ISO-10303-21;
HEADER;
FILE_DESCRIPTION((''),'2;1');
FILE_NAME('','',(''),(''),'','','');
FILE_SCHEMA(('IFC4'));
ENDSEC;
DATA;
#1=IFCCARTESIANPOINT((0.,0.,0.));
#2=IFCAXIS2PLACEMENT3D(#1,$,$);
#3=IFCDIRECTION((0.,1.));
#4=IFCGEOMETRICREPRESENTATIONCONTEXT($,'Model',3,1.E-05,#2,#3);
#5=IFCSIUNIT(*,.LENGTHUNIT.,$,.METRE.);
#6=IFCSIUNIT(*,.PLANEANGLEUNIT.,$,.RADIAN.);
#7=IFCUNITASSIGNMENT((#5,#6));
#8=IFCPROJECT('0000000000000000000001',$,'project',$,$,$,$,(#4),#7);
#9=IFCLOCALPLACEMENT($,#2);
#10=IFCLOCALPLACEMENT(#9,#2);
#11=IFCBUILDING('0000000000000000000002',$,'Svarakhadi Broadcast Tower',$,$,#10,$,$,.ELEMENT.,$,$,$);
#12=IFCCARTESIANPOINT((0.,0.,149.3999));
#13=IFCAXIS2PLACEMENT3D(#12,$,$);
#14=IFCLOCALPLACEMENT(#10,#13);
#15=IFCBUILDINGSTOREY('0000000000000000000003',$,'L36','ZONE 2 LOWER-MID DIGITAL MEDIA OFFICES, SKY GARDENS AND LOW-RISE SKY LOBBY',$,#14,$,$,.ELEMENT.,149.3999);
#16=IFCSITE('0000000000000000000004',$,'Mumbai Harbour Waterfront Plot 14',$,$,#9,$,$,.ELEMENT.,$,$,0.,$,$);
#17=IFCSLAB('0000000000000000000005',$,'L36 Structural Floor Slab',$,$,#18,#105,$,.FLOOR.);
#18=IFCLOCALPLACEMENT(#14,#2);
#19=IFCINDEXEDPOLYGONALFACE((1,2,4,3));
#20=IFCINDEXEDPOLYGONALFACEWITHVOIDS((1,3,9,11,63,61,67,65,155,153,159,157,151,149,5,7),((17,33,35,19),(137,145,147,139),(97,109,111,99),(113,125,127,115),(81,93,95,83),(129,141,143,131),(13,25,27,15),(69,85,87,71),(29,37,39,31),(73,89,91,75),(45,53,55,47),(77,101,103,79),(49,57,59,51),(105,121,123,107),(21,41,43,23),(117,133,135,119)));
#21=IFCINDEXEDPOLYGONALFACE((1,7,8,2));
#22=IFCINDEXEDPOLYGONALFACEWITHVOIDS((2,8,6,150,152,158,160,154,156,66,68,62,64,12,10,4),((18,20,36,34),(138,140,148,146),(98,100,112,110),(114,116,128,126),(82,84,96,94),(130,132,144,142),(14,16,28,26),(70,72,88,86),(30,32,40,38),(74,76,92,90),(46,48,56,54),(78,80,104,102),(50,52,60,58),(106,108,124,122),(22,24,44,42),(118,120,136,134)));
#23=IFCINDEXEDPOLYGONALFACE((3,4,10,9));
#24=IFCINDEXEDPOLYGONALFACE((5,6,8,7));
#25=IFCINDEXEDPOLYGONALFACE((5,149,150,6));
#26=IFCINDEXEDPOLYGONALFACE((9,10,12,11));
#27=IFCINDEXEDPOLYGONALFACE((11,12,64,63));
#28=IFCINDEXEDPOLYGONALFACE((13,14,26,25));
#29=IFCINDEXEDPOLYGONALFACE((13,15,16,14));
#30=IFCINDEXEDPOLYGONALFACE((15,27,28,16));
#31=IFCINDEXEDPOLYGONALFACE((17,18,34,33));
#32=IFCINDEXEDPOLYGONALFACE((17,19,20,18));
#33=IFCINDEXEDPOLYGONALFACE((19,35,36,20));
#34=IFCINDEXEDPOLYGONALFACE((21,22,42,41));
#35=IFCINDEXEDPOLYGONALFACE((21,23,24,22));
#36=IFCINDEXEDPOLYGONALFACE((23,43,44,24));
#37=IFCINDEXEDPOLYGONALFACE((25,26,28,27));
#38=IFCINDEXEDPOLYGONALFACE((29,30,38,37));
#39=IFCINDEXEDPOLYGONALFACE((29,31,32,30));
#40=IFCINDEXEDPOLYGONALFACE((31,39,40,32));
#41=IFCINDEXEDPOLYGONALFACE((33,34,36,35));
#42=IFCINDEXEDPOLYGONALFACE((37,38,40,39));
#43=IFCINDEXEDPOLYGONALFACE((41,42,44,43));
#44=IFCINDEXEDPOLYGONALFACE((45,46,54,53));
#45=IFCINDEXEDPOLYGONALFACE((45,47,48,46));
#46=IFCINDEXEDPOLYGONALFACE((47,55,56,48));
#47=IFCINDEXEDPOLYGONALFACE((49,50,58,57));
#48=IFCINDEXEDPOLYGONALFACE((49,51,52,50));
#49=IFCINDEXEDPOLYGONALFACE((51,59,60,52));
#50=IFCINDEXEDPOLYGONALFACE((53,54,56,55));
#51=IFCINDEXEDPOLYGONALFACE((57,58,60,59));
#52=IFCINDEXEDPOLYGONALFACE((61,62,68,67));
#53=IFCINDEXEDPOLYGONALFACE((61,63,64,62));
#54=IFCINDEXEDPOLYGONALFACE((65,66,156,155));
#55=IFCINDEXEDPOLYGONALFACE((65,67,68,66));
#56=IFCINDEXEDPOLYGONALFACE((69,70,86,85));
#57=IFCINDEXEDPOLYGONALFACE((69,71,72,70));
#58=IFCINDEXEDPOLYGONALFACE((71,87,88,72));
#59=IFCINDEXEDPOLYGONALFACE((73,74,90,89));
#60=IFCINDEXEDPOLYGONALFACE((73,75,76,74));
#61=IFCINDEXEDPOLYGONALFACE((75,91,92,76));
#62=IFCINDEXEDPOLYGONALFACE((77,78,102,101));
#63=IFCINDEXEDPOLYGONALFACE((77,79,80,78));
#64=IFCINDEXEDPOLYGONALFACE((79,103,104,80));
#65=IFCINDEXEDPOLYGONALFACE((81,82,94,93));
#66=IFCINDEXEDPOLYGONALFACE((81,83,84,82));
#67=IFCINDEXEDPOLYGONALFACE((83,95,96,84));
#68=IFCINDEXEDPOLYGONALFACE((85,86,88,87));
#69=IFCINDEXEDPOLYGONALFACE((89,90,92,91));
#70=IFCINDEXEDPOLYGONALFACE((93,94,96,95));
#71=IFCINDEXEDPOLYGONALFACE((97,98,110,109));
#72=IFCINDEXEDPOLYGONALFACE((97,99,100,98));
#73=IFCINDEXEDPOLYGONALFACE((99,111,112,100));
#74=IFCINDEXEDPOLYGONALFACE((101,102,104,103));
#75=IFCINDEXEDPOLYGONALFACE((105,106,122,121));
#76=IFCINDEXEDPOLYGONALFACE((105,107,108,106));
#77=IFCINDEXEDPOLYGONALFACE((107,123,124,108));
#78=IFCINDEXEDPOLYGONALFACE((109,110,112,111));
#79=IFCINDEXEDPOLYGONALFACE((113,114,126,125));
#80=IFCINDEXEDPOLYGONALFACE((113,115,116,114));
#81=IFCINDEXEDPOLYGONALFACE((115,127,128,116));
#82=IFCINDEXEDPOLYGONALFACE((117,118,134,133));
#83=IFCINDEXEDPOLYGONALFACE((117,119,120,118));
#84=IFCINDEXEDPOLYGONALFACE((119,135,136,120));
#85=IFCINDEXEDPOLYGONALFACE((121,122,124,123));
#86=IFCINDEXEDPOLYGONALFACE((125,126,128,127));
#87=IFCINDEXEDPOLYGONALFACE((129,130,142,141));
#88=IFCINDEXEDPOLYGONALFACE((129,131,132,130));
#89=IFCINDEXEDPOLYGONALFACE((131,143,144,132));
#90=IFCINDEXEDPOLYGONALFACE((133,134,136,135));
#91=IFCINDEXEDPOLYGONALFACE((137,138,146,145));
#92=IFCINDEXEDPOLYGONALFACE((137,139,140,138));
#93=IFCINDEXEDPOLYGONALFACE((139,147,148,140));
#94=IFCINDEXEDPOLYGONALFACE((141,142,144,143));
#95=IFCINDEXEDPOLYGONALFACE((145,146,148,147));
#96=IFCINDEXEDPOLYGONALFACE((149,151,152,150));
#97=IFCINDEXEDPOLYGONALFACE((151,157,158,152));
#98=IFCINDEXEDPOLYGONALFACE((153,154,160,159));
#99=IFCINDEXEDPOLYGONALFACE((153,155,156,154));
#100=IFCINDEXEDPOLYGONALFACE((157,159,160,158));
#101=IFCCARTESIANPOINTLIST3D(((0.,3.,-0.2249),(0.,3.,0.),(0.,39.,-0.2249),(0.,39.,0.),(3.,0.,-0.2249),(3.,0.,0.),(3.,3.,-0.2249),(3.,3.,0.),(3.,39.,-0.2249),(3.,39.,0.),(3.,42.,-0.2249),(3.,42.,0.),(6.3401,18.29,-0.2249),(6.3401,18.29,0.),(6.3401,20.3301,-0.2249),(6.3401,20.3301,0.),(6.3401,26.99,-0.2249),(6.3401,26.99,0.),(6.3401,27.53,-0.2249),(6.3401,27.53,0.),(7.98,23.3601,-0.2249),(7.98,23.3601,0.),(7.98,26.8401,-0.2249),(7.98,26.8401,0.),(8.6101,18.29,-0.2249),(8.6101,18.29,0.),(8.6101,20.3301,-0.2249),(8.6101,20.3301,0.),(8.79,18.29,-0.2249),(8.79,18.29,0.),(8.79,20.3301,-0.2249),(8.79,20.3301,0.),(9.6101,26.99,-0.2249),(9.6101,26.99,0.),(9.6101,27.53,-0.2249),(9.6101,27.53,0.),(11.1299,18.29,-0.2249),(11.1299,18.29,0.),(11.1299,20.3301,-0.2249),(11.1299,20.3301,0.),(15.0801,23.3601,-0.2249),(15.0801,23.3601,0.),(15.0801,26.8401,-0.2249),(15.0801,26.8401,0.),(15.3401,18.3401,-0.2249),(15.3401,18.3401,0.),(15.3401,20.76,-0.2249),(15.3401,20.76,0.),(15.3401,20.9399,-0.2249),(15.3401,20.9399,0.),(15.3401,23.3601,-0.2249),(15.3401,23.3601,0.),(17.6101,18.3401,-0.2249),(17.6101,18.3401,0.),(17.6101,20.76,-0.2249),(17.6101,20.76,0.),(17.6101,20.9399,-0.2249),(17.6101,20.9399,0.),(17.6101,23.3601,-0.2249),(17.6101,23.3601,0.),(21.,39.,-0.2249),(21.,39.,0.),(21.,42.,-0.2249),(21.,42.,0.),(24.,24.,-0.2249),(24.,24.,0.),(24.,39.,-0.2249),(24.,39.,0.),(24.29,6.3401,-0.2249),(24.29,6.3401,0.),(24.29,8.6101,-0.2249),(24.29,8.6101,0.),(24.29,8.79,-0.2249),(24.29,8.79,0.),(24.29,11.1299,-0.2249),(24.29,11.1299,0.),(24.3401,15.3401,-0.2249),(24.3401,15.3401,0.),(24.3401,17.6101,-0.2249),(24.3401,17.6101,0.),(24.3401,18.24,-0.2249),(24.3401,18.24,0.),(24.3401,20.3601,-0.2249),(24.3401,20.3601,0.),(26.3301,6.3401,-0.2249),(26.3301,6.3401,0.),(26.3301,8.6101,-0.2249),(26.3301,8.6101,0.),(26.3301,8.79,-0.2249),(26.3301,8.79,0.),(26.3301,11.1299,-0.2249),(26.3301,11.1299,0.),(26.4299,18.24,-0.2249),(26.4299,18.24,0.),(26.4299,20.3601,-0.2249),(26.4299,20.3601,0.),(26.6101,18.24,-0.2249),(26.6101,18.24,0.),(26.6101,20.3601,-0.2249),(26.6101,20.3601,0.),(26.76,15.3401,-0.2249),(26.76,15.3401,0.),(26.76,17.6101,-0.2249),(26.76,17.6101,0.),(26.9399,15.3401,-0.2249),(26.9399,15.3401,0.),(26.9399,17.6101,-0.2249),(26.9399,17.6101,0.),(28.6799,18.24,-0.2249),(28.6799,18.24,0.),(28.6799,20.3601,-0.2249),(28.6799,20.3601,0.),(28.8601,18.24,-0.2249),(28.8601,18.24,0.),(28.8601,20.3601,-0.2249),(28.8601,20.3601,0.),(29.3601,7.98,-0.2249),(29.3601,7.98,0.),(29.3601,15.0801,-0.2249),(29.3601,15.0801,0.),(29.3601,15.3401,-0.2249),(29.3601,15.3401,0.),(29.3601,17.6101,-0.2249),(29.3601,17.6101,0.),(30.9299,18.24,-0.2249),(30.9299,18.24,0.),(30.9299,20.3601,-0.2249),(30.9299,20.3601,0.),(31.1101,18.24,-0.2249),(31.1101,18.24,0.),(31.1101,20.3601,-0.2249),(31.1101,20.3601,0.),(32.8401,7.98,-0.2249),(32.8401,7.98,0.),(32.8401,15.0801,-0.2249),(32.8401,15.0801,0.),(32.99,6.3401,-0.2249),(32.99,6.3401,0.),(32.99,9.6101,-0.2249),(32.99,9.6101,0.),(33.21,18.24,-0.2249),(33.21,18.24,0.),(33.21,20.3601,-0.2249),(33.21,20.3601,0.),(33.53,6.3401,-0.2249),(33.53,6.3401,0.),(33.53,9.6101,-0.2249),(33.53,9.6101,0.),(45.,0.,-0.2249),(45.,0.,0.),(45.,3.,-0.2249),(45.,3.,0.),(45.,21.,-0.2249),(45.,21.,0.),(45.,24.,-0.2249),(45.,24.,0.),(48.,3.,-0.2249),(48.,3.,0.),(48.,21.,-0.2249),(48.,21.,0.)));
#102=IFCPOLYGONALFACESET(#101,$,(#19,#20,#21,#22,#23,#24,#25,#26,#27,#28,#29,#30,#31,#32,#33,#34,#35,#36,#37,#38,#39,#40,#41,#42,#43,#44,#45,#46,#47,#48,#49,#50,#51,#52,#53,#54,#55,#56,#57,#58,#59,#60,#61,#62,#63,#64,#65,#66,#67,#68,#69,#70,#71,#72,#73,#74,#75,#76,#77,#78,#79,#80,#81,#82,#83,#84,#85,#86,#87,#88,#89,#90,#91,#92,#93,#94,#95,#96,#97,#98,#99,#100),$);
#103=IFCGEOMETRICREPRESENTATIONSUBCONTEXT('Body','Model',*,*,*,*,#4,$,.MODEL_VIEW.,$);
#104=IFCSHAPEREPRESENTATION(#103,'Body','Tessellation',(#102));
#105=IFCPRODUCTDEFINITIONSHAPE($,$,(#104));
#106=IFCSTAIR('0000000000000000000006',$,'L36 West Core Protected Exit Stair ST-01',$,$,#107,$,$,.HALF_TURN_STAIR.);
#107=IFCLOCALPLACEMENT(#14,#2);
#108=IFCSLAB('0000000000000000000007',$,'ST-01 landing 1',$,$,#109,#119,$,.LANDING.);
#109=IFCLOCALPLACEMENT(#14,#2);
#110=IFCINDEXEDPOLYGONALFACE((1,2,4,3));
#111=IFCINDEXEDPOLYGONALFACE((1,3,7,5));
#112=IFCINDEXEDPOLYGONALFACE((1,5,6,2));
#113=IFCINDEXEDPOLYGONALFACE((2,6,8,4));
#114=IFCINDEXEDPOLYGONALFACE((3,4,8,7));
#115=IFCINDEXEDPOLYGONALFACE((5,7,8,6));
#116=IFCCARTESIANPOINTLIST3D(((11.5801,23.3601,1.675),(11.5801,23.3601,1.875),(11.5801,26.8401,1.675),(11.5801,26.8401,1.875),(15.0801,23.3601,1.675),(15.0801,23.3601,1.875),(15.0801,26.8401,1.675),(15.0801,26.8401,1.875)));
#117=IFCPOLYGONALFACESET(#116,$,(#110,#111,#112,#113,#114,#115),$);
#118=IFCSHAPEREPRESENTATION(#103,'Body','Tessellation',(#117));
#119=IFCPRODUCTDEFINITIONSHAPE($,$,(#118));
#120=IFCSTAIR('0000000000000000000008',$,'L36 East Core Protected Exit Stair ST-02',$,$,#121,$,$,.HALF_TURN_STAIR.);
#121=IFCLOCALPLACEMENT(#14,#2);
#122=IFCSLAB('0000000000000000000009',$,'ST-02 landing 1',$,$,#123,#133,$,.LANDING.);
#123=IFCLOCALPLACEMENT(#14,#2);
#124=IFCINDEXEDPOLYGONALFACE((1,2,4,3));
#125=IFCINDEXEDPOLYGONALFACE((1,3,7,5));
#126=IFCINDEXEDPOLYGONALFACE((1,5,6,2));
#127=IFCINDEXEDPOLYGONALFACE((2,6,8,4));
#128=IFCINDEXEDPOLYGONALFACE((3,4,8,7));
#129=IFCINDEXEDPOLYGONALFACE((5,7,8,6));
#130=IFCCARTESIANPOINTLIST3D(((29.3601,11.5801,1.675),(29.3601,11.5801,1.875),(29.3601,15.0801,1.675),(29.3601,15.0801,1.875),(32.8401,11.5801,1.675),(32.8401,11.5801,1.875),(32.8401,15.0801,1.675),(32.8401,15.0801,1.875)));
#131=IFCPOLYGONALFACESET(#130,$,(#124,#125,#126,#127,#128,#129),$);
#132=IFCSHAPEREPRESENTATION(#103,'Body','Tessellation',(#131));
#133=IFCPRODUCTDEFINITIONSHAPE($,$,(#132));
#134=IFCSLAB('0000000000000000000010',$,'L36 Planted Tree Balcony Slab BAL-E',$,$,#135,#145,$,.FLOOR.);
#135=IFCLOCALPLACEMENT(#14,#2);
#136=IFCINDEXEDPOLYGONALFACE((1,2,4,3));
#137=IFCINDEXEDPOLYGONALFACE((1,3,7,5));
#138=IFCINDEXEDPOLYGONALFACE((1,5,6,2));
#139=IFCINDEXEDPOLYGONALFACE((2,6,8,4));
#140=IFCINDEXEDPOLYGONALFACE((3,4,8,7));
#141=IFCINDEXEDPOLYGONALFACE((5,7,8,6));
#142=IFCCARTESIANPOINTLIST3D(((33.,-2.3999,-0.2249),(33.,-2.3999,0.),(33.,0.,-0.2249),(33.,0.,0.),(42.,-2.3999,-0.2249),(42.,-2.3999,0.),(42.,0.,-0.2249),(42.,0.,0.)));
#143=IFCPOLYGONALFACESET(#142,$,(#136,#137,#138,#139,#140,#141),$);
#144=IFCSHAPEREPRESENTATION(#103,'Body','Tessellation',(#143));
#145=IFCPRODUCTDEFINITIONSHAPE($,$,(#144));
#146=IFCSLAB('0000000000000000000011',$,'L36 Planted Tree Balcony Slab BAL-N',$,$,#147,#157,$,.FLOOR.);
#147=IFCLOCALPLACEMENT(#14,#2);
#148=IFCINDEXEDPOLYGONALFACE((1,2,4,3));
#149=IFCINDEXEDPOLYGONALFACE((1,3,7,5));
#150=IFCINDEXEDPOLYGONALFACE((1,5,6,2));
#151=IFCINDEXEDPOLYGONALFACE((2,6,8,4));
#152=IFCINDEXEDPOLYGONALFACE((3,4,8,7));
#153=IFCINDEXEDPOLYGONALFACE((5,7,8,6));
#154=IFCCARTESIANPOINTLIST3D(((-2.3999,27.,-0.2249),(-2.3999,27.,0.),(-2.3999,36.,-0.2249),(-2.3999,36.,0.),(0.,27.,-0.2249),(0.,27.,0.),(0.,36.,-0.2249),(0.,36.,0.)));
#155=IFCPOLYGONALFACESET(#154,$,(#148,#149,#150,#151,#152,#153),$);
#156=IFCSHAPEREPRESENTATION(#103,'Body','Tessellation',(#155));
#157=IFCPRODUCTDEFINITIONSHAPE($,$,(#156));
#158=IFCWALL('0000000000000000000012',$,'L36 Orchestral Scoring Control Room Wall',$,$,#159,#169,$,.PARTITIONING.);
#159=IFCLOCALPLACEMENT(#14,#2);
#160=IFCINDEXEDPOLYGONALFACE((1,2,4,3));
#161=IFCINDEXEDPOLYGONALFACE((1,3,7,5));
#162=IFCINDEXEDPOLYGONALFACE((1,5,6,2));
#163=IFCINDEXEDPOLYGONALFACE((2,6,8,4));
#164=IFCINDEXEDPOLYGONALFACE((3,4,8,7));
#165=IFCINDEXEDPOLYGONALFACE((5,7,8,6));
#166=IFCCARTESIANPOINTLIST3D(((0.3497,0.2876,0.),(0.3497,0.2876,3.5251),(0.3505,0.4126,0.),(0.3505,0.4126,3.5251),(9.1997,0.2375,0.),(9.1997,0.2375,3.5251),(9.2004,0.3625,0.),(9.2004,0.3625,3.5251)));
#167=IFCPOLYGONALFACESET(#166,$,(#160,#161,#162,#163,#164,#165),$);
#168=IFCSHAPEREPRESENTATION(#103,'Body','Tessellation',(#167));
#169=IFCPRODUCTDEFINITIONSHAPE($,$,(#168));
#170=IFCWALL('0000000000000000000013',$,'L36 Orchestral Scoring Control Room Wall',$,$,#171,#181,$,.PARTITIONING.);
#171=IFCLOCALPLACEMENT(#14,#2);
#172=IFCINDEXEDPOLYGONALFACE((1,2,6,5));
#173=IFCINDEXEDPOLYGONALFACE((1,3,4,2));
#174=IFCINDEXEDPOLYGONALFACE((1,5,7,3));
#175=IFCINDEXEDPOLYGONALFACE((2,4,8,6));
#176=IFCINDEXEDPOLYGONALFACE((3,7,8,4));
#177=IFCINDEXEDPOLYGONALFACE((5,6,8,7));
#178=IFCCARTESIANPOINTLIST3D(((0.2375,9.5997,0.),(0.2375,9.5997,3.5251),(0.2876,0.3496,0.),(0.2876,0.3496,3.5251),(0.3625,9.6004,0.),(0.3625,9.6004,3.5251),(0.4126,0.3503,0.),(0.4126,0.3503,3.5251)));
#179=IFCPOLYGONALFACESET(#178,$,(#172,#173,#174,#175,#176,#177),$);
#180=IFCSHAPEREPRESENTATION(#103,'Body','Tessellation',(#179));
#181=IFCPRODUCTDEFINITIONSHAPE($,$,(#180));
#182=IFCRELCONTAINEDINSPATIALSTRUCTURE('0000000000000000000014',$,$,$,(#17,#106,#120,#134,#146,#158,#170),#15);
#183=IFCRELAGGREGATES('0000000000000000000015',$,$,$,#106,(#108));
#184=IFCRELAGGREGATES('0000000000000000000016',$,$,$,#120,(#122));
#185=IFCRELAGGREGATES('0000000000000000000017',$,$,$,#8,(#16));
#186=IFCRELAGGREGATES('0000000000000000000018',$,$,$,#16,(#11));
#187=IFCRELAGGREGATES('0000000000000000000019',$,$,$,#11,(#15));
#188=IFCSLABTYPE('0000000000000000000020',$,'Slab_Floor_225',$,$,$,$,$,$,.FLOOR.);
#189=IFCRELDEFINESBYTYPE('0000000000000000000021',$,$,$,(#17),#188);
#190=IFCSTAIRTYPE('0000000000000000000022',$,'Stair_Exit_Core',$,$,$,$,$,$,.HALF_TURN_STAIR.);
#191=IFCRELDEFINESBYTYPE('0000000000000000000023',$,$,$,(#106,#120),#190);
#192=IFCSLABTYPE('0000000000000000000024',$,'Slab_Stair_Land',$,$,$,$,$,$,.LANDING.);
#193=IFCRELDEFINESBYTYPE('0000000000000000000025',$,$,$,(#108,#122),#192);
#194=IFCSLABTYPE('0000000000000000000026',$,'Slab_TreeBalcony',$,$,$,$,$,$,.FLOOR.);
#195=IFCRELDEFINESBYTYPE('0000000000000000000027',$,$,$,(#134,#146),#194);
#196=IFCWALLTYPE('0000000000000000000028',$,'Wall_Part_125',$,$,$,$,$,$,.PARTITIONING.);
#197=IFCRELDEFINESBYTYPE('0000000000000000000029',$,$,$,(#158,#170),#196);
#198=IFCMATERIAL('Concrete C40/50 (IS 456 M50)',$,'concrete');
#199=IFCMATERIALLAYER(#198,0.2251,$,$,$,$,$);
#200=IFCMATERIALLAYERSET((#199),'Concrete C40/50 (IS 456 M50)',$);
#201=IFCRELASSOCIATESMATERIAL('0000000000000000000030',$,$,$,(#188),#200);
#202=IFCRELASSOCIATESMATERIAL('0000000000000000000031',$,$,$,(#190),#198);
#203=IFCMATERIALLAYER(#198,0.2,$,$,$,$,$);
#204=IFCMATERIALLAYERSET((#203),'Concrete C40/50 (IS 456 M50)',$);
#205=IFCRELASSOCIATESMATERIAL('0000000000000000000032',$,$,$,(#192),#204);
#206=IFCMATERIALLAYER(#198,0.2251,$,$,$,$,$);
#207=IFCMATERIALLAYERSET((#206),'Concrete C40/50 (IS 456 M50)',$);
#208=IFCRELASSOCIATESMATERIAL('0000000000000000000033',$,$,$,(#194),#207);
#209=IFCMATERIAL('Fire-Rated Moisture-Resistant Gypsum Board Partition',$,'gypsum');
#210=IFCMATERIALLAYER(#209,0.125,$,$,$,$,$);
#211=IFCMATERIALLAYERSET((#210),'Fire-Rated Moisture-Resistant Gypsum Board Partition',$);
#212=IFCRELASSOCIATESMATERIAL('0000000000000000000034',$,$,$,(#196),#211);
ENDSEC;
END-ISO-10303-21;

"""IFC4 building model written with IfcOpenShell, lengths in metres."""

from ifc_helpers import new_model, si_unit, direction, frame, frame_2d, origin, place, context, subcontext, project, spatial, polyline, rectangle, outline, extrude, material, layer, layer_set, type_object, element, aggregate, save


model = new_model("IFC4")

# Units and contexts
model_context = context("Model", 3, precision=1e-05, world=origin(), true_north=direction((0.0, 1.0)))
body_context = subcontext(model_context, "Body", "Model", "MODEL_VIEW")
ifc_project = project(units=[si_unit("LENGTHUNIT", "METRE"), si_unit("PLANEANGLEUNIT", "RADIAN")], contexts=[model_context])

# Site, building, storey
site_placement = place(None, origin())
site = spatial("IfcSite", under=ifc_project, at=site_placement, Name="Mumbai Harbour Waterfront Plot 14", CompositionType="ELEMENT", RefElevation=0.0)
building_placement = place(site_placement, origin())
building = spatial("IfcBuilding", under=site, at=building_placement, Name="Svarakhadi Broadcast Tower", CompositionType="ELEMENT")
storey_placement = place(building_placement, frame((0.0, 0.0, 149.3999)))
storey = spatial("IfcBuildingStorey", under=building, at=storey_placement, Name="L36", Description="ZONE 2 LOWER-MID DIGITAL MEDIA OFFICES, SKY GARDENS AND LOW-RISE SKY LOBBY", CompositionType="ELEMENT", Elevation=149.3999)

# Slab
ifc_material_1 = material(Name="Concrete C40/50 (IS 456 M50)", Category="concrete")
ifc_layer_1 = layer(ifc_material_1, 0.2251)
ifc_layer_set_1 = layer_set([ifc_layer_1], Name="Concrete C40/50 (IS 456 M50)")
slab_type_1 = type_object("IfcSlabType", Name="Slab_Floor_225", PredefinedType="FLOOR", material=ifc_layer_set_1)
slab_1_placement = place(storey_placement, frame((0.0, 0.0, -0.2249)))
element("IfcSlab", 1, at=slab_1_placement, inside=storey, type_object=slab_type_1, Name="L36 Structural Floor Slab", PredefinedType="FLOOR", context=body_context, shape_type="SweptSolid", body=[
    extrude(outline(polyline([(3.0, 0.0), (45.0, 0.0), (45.0, 3.0), (48.0, 3.0), (48.0, 21.0), (45.0, 21.0), (45.0, 24.0), (24.0, 24.0), (24.0, 39.0), (21.0, 39.0), (21.0, 42.0), (3.0, 42.0), (3.0, 39.0), (0.0, 39.0), (0.0, 3.0), (3.0, 3.0), (3.0, 0.0)]), holes=[polyline([(7.98, 23.3601), (15.0801, 23.3601), (15.0801, 26.8401), (7.98, 26.8401), (7.98, 23.3601)]), polyline([(32.8401, 7.98), (32.8401, 15.0801), (29.3601, 15.0801), (29.3601, 7.98), (32.8401, 7.98)]), polyline([(6.3401, 18.29), (8.6101, 18.29), (8.6101, 20.3301), (6.3401, 20.3301), (6.3401, 18.29)]), polyline([(8.79, 18.29), (11.1299, 18.29), (11.1299, 20.3301), (8.79, 20.3301), (8.79, 18.29)]), polyline([(24.29, 6.3401), (26.3301, 6.3401), (26.3301, 8.6101), (24.29, 8.6101), (24.29, 6.3401)]), polyline([(24.29, 8.79), (26.3301, 8.79), (26.3301, 11.1299), (24.29, 11.1299), (24.29, 8.79)]), polyline([(6.3401, 26.99), (9.6101, 26.99), (9.6101, 27.53), (6.3401, 27.53), (6.3401, 26.99)]), polyline([(32.99, 6.3401), (33.53, 6.3401), (33.53, 9.6101), (32.99, 9.6101), (32.99, 6.3401)]), polyline([(15.3401, 18.3401), (17.6101, 18.3401), (17.6101, 20.76), (15.3401, 20.76), (15.3401, 18.3401)]), polyline([(15.3401, 20.9399), (17.6101, 20.9399), (17.6101, 23.3601), (15.3401, 23.3601), (15.3401, 20.9399)]), polyline([(24.3401, 15.3401), (26.76, 15.3401), (26.76, 17.6101), (24.3401, 17.6101), (24.3401, 15.3401)]), polyline([(26.9399, 15.3401), (29.3601, 15.3401), (29.3601, 17.6101), (26.9399, 17.6101), (26.9399, 15.3401)]), polyline([(24.3401, 18.24), (26.4299, 18.24), (26.4299, 20.3601), (24.3401, 20.3601), (24.3401, 18.24)]), polyline([(26.6101, 18.24), (28.6799, 18.24), (28.6799, 20.3601), (26.6101, 20.3601), (26.6101, 18.24)]), polyline([(28.8601, 18.24), (30.9299, 18.24), (30.9299, 20.3601), (28.8601, 20.3601), (28.8601, 18.24)]), polyline([(31.1101, 18.24), (33.21, 18.24), (33.21, 20.3601), (31.1101, 20.3601), (31.1101, 18.24)])]), origin(), (0.0, 0.0, 1.0), 0.2249),
])

# Stairs, slabs
stair_type = type_object("IfcStairType", Name="Stair_Exit_Core", PredefinedType="HALF_TURN_STAIR", material=ifc_material_1)
stair_1_placement = place(storey_placement, origin())
stair_1 = element("IfcStair", 2, at=stair_1_placement, inside=storey, type_object=stair_type, Name="L36 West Core Protected Exit Stair ST-01", PredefinedType="HALF_TURN_STAIR")
ifc_layer_2 = layer(ifc_material_1, 0.2)
ifc_layer_set_2 = layer_set([ifc_layer_2], Name="Concrete C40/50 (IS 456 M50)")
slab_type_2 = type_object("IfcSlabType", Name="Slab_Stair_Land", PredefinedType="LANDING", material=ifc_layer_set_2)
slab_2_placement = place(storey_placement, frame((0.0, 0.0, 1.675)))
slab_2 = element("IfcSlab", 3, at=slab_2_placement, type_object=slab_type_2, Name="ST-01 landing 1", PredefinedType="LANDING", context=body_context, shape_type="SweptSolid", body=[
    extrude(outline(polyline([(11.5801, 23.3601), (15.0801, 23.3601), (15.0801, 26.8401), (11.5801, 26.8401), (11.5801, 23.3601)])), origin(), (0.0, 0.0, 1.0), 0.2),
])
aggregate(stair_1, [slab_2])
stair_2_placement = place(storey_placement, origin())
stair_2 = element("IfcStair", 4, at=stair_2_placement, inside=storey, type_object=stair_type, Name="L36 East Core Protected Exit Stair ST-02", PredefinedType="HALF_TURN_STAIR")
slab_3_placement = place(storey_placement, frame((0.0, 0.0, 1.675)))
slab_3 = element("IfcSlab", 5, at=slab_3_placement, type_object=slab_type_2, Name="ST-02 landing 1", PredefinedType="LANDING", context=body_context, shape_type="SweptSolid", body=[
    extrude(outline(polyline([(32.8401, 11.5801), (32.8401, 15.0801), (29.3601, 15.0801), (29.3601, 11.5801), (32.8401, 11.5801)])), origin(), (0.0, 0.0, 1.0), 0.2),
])
aggregate(stair_2, [slab_3])

# Slabs
ifc_layer_3 = layer(ifc_material_1, 0.2251)
ifc_layer_set_3 = layer_set([ifc_layer_3], Name="Concrete C40/50 (IS 456 M50)")
slab_type_3 = type_object("IfcSlabType", Name="Slab_TreeBalcony", PredefinedType="FLOOR", material=ifc_layer_set_3)
slab_4_placement = place(storey_placement, frame((0.0, 0.0, -0.2249)))
element("IfcSlab", 6, at=slab_4_placement, inside=storey, type_object=slab_type_3, Name="L36 Planted Tree Balcony Slab BAL-E", PredefinedType="FLOOR", context=body_context, shape_type="SweptSolid", body=[
    extrude(outline(polyline([(33.0, -2.3999), (42.0, -2.3999), (42.0, 0.0), (33.0, 0.0), (33.0, -2.3999)])), origin(), (0.0, 0.0, 1.0), 0.2249),
])
slab_5_placement = place(storey_placement, frame((0.0, 0.0, -0.2249)))
element("IfcSlab", 7, at=slab_5_placement, inside=storey, type_object=slab_type_3, Name="L36 Planted Tree Balcony Slab BAL-N", PredefinedType="FLOOR", context=body_context, shape_type="SweptSolid", body=[
    extrude(outline(polyline([(-2.3999, 27.0), (0.0, 27.0), (0.0, 36.0), (-2.3999, 36.0), (-2.3999, 27.0)])), origin(), (0.0, 0.0, 1.0), 0.2249),
])

# Walls
ifc_material_2 = material(Name="Fire-Rated Moisture-Resistant Gypsum Board Partition", Category="gypsum")
ifc_layer_4 = layer(ifc_material_2, 0.125)
ifc_layer_set_4 = layer_set([ifc_layer_4], Name="Fire-Rated Moisture-Resistant Gypsum Board Partition")
wall_type = type_object("IfcWallType", Name="Wall_Part_125", PredefinedType="PARTITIONING", material=ifc_layer_set_4)
wall_1_placement = place(storey_placement, frame((0.3501, 0.3501, 0.0), z_axis=(0.0, 0.0, 1.0), x_axis=(0.999984, -0.005655, 0.0)))
element("IfcWall", 8, at=wall_1_placement, inside=storey, type_object=wall_type, Name="L36 Orchestral Scoring Control Room Wall", PredefinedType="PARTITIONING", context=body_context, shape_type="SweptSolid", body=[
    extrude(rectangle(XDim=8.8501, YDim=0.125, at=frame_2d((4.425, 0.0))), origin(), (0.0, 0.0, 1.0), 3.5251),
])
wall_2_placement = place(storey_placement, frame((0.3501, 0.3501, 0.0), z_axis=(0.0, 0.0, 1.0), x_axis=(-0.005411, 0.999985, 0.0)))
element("IfcWall", 9, at=wall_2_placement, inside=storey, type_object=wall_type, Name="L36 Orchestral Scoring Control Room Wall", PredefinedType="PARTITIONING", context=body_context, shape_type="SweptSolid", body=[
    extrude(rectangle(XDim=9.2502, YDim=0.125, at=frame_2d((4.625, 0.0))), origin(), (0.0, 0.0, 1.0), 3.5251),
])

save(model, "model.ifc")
